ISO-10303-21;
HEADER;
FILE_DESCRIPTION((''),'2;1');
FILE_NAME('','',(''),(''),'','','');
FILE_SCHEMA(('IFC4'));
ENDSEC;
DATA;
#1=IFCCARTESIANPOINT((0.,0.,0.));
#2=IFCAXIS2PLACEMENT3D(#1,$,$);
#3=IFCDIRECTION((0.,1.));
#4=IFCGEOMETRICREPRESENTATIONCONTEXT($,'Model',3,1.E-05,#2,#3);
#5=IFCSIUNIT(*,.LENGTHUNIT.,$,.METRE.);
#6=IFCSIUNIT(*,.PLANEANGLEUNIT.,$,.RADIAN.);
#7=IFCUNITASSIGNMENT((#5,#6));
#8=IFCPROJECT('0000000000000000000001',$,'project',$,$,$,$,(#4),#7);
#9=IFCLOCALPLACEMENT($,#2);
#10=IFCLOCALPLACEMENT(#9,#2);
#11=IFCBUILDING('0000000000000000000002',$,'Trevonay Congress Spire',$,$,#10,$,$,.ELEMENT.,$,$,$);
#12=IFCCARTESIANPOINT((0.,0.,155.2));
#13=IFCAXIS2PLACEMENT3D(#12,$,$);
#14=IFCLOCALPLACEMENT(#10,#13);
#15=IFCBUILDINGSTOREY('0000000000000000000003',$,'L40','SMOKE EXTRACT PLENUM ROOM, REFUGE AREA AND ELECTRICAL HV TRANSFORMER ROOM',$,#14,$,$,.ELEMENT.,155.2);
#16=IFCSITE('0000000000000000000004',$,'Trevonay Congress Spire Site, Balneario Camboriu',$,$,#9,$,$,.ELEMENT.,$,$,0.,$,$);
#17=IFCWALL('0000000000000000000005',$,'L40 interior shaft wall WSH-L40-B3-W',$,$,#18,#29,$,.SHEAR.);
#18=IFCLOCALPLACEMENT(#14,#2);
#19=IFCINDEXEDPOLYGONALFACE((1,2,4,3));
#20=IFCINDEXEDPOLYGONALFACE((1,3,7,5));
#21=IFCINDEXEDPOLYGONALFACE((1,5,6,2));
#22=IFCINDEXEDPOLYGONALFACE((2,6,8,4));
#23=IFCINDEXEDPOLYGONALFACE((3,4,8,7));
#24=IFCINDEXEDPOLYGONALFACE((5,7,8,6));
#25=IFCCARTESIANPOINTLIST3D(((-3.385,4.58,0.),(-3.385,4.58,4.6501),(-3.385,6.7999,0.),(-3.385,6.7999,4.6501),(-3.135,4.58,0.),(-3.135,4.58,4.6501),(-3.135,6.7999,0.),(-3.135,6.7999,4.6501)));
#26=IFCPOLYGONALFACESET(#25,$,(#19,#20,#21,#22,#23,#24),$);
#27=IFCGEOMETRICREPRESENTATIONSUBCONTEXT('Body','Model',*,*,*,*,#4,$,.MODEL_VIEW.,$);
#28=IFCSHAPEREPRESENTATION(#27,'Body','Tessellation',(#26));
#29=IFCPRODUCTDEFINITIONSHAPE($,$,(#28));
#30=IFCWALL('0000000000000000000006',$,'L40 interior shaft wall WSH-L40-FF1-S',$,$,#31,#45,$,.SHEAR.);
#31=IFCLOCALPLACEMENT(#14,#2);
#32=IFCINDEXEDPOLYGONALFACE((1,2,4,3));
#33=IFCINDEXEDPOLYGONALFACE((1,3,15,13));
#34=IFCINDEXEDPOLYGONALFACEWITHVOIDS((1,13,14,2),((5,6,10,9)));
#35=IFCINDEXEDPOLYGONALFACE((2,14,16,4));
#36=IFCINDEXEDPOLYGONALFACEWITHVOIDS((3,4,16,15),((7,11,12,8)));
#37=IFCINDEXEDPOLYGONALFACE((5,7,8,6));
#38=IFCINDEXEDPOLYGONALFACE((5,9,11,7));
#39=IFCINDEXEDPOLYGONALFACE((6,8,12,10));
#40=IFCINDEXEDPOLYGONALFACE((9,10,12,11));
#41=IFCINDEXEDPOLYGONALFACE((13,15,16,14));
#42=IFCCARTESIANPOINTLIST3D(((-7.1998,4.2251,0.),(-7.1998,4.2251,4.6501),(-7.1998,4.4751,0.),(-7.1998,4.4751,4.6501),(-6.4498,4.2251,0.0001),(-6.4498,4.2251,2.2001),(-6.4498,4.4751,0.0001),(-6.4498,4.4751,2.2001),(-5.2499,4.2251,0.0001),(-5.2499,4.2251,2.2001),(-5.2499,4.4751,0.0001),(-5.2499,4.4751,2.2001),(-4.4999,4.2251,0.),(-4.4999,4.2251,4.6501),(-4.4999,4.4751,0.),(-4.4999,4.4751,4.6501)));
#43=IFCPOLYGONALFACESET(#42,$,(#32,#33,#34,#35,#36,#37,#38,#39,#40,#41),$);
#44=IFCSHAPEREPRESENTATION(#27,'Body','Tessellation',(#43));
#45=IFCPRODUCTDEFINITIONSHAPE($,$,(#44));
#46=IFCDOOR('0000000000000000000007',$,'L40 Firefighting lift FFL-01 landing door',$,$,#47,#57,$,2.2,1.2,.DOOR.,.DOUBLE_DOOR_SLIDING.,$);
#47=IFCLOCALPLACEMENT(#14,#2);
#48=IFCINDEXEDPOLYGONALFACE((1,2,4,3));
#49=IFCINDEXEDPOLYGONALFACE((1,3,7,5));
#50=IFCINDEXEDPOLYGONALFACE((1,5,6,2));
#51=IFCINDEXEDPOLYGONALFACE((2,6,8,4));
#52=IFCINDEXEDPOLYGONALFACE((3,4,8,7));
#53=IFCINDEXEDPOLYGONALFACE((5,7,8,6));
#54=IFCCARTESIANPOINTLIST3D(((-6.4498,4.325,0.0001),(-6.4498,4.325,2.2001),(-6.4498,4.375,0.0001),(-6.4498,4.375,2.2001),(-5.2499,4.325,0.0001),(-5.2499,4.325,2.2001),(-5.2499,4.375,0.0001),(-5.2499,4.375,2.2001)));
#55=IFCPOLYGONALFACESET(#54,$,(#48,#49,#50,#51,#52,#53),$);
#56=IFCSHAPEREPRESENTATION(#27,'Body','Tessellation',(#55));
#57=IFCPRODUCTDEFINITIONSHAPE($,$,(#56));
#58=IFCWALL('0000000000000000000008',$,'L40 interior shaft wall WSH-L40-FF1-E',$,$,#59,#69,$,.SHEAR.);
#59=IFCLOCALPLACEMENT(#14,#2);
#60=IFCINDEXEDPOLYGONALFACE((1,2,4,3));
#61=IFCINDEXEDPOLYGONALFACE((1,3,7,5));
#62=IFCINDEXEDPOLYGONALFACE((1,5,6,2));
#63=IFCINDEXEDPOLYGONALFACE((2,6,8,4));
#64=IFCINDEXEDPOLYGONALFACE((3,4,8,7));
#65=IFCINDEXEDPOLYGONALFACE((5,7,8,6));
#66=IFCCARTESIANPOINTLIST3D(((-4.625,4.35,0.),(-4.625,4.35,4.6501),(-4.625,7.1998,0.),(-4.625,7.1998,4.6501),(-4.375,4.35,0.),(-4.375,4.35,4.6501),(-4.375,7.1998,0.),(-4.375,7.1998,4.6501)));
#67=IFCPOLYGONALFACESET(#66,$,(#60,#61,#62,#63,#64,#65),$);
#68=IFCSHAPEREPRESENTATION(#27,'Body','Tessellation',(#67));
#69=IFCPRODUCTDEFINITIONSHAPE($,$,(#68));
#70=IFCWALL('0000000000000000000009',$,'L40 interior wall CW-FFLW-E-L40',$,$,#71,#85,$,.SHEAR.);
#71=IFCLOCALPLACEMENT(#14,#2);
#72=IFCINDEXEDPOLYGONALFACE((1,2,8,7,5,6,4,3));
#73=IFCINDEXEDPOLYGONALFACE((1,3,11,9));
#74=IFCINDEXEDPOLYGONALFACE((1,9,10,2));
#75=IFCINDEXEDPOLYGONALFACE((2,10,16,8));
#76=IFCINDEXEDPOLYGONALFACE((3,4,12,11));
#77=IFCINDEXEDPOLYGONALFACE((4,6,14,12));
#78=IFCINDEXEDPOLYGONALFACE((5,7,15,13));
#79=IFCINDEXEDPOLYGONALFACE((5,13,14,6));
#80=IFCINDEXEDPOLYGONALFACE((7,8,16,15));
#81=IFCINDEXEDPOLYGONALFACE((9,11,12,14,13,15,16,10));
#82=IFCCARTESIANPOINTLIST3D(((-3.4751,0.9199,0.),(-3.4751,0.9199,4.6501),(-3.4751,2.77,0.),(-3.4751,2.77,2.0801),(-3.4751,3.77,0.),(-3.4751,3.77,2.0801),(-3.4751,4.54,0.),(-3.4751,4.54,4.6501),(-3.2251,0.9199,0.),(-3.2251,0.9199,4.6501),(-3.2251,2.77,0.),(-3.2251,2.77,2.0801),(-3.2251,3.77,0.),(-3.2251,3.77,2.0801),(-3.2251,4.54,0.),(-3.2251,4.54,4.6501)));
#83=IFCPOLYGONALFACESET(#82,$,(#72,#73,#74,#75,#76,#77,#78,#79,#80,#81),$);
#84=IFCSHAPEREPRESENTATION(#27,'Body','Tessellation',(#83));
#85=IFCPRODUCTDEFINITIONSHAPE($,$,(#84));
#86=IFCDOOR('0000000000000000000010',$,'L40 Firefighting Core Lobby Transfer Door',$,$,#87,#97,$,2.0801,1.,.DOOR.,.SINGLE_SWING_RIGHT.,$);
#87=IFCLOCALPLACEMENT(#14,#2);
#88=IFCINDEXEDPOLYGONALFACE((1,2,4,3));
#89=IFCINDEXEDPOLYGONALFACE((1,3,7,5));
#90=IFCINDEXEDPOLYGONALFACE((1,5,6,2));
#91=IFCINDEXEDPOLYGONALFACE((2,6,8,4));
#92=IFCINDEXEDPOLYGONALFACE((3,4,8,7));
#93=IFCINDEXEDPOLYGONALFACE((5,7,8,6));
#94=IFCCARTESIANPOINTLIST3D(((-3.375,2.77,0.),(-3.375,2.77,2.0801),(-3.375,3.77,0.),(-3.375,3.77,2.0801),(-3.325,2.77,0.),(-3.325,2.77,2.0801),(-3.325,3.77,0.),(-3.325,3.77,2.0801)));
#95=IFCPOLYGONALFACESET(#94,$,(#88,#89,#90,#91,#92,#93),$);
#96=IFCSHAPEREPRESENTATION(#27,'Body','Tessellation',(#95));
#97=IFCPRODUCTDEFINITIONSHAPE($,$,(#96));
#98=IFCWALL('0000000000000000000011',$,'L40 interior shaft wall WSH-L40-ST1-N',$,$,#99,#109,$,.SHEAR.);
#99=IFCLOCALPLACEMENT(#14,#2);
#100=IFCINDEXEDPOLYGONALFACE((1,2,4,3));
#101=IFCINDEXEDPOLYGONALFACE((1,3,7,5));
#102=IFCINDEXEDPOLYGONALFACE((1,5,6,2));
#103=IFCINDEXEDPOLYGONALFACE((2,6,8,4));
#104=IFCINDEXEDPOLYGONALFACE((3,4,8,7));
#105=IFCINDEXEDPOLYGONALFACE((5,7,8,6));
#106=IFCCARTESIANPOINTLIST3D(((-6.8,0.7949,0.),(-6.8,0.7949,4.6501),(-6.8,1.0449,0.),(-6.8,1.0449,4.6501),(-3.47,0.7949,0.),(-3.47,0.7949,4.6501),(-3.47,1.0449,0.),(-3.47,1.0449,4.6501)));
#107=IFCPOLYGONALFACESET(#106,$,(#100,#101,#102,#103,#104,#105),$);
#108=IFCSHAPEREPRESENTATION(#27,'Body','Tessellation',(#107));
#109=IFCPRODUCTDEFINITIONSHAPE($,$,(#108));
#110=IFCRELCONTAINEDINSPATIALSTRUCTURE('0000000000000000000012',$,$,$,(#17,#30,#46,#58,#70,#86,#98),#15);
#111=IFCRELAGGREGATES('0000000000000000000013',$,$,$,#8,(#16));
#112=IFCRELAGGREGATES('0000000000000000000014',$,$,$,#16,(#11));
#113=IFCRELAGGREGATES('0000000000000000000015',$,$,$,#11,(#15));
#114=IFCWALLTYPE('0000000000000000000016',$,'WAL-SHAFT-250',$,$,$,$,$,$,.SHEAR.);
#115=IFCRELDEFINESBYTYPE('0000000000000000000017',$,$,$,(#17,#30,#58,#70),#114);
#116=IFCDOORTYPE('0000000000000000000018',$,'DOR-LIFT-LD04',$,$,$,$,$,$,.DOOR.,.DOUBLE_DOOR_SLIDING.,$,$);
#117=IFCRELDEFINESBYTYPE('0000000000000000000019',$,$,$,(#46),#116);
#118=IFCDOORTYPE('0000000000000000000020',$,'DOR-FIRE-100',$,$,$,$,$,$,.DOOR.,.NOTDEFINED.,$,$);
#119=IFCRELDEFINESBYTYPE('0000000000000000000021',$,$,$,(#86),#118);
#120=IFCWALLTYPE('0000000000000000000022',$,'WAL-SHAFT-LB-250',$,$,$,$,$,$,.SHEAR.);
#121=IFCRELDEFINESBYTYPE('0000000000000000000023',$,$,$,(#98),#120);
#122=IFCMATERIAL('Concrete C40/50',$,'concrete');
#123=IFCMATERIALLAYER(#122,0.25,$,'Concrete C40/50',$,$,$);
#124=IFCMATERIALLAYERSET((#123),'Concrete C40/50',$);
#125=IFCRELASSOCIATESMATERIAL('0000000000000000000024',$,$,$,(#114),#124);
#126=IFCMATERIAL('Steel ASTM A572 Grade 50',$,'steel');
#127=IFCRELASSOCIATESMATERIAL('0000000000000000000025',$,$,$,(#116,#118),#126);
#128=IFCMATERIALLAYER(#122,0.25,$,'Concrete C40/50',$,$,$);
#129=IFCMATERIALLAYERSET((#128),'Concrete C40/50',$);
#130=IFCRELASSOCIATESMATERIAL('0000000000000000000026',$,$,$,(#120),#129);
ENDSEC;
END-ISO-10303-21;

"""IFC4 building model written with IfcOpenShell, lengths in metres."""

from ifc_helpers import new_model, si_unit, direction, frame, frame_2d, origin, place, context, subcontext, project, spatial, rectangle, extrude, material, layer, layer_set, type_object, element, fill, save


model = new_model("IFC4")

# Units and contexts
model_context = context("Model", 3, precision=1e-05, world=origin(), true_north=direction((0.0, 1.0)))
body_context = subcontext(model_context, "Body", "Model", "MODEL_VIEW")
ifc_project = project(units=[si_unit("LENGTHUNIT", "METRE"), si_unit("PLANEANGLEUNIT", "RADIAN")], contexts=[model_context])

# Site, building, storey
site_placement = place(None, origin())
site = spatial("IfcSite", under=ifc_project, at=site_placement, Name="Trevonay Congress Spire Site, Balneario Camboriu", CompositionType="ELEMENT", RefElevation=0.0)
building_placement = place(site_placement, origin())
building = spatial("IfcBuilding", under=site, at=building_placement, Name="Trevonay Congress Spire", CompositionType="ELEMENT")
storey_placement = place(building_placement, frame((0.0, 0.0, 155.2)))
storey = spatial("IfcBuildingStorey", under=building, at=storey_placement, Name="L40", Description="SMOKE EXTRACT PLENUM ROOM, REFUGE AREA AND ELECTRICAL HV TRANSFORMER ROOM", CompositionType="ELEMENT", Elevation=155.2)

# Shared definitions
ifc_material_1 = material(Name="Steel ASTM A572 Grade 50", Category="steel")

# Shared definitions
ifc_material_2 = material(Name="Concrete C40/50", Category="concrete")

# Shared definitions
ifc_layer_1 = layer(ifc_material_2, 0.25, Name="Concrete C40/50")
ifc_layer_set_1 = layer_set([ifc_layer_1], Name="Concrete C40/50")
wall_type_1 = type_object("IfcWallType", Name="WAL-SHAFT-250", PredefinedType="SHEAR", material=ifc_layer_set_1)

# Wall
wall_1_placement = place(storey_placement, frame((-3.26, 4.5801, 0.0), z_axis=(0.0, 0.0, 1.0), x_axis=(0.0, 1.0, 0.0)))
element("IfcWall", 1, at=wall_1_placement, inside=storey, type_object=wall_type_1, Name="L40 interior shaft wall WSH-L40-B3-W", PredefinedType="SHEAR", context=body_context, shape_type="SweptSolid", body=[
    extrude(rectangle(XDim=2.22, YDim=0.25, at=frame_2d((1.1099, 0.0))), origin(), (0.0, 0.0, 1.0), 4.6501),
])

# Wall, opening, door
wall_2_placement = place(storey_placement, frame((-7.2, 4.3501, 0.0), z_axis=(0.0, 0.0, 1.0), x_axis=(1.0, 0.0, 0.0)))
wall_2 = element("IfcWall", 2, at=wall_2_placement, inside=storey, type_object=wall_type_1, Name="L40 interior shaft wall WSH-L40-FF1-S", PredefinedType="SHEAR", context=body_context, shape_type="SweptSolid", body=[
    extrude(rectangle(XDim=2.7, YDim=0.25, at=frame_2d((1.3501, 0.0))), origin(), (0.0, 0.0, 1.0), 4.6501),
])
opening_1_placement = place(wall_2_placement, frame((0.75, 0.0, 0.0)))
opening_1 = element("IfcOpeningElement", 3, at=opening_1_placement, cuts=wall_2, PredefinedType="OPENING", context=body_context, shape_type="SweptSolid", body=[
    extrude(rectangle(XDim=1.2, YDim=2.2, at=frame_2d((0.6001, 1.1001))), frame((0.0, 0.135, 0.0), z_axis=(0.0, -1.0, 0.0), x_axis=(1.0, 0.0, 0.0)), (0.0, 0.0, 1.0), 0.27),
])
door_type_1 = type_object("IfcDoorType", Name="DOR-LIFT-LD04", OperationType="DOUBLE_DOOR_SLIDING", PredefinedType="DOOR", material=ifc_material_1)
door_1_placement = place(opening_1_placement, origin())
door_1 = element("IfcDoor", 4, at=door_1_placement, inside=storey, type_object=door_type_1, Name="L40 Firefighting lift FFL-01 landing door", OperationType="DOUBLE_DOOR_SLIDING", OverallHeight=2.2, OverallWidth=1.2, PredefinedType="DOOR", context=body_context, shape_type="SweptSolid", body=[
    extrude(rectangle(XDim=1.2, YDim=2.2, at=frame_2d((0.6001, 1.1001))), frame((0.0, 0.0249, 0.0), z_axis=(0.0, -1.0, 0.0), x_axis=(1.0, 0.0, 0.0)), (0.0, 0.0, 1.0), 0.05),
])
fill(opening_1, door_1)

# Wall
wall_3_placement = place(storey_placement, frame((-4.5, 4.3501, 0.0), z_axis=(0.0, 0.0, 1.0), x_axis=(0.0, 1.0, 0.0)))
element("IfcWall", 5, at=wall_3_placement, inside=storey, type_object=wall_type_1, Name="L40 interior shaft wall WSH-L40-FF1-E", PredefinedType="SHEAR", context=body_context, shape_type="SweptSolid", body=[
    extrude(rectangle(XDim=2.8499, YDim=0.25, at=frame_2d((1.4248, 0.0))), origin(), (0.0, 0.0, 1.0), 4.6501),
])

# Wall, opening, door
wall_4_placement = place(storey_placement, frame((-3.3501, 0.9199, 0.0), z_axis=(0.0, 0.0, 1.0), x_axis=(0.0, 1.0, 0.0)))
wall_4 = element("IfcWall", 6, at=wall_4_placement, inside=storey, type_object=wall_type_1, Name="L40 interior wall CW-FFLW-E-L40", PredefinedType="SHEAR", context=body_context, shape_type="SweptSolid", body=[
    extrude(rectangle(XDim=3.6201, YDim=0.25, at=frame_2d((1.8101, 0.0))), origin(), (0.0, 0.0, 1.0), 4.6501),
])
opening_2_placement = place(wall_4_placement, frame((1.8501, 0.0, 0.0)))
opening_2 = element("IfcOpeningElement", 7, at=opening_2_placement, cuts=wall_4, PredefinedType="OPENING", context=body_context, shape_type="SweptSolid", body=[
    extrude(rectangle(XDim=1.0, YDim=2.0801, at=frame_2d((0.5, 1.04))), frame((0.0, 0.135, 0.0), z_axis=(0.0, -1.0, 0.0), x_axis=(1.0, 0.0, 0.0)), (0.0, 0.0, 1.0), 0.27),
])
door_type_2 = type_object("IfcDoorType", Name="DOR-FIRE-100", OperationType="NOTDEFINED", PredefinedType="DOOR", material=ifc_material_1)
door_2_placement = place(opening_2_placement, origin())
door_2 = element("IfcDoor", 8, at=door_2_placement, inside=storey, type_object=door_type_2, Name="L40 Firefighting Core Lobby Transfer Door", OperationType="SINGLE_SWING_RIGHT", OverallHeight=2.0801, OverallWidth=1.0, PredefinedType="DOOR", context=body_context, shape_type="SweptSolid", body=[
    extrude(rectangle(XDim=1.0, YDim=2.0801, at=frame_2d((0.5, 1.04))), frame((0.0, 0.0249, 0.0), z_axis=(0.0, -1.0, 0.0), x_axis=(1.0, 0.0, 0.0)), (0.0, 0.0, 1.0), 0.05),
])
fill(opening_2, door_2)

# Wall
ifc_layer_2 = layer(ifc_material_2, 0.25, Name="Concrete C40/50")
ifc_layer_set_2 = layer_set([ifc_layer_2], Name="Concrete C40/50")
wall_type_2 = type_object("IfcWallType", Name="WAL-SHAFT-LB-250", PredefinedType="SHEAR", material=ifc_layer_set_2)
wall_5_placement = place(storey_placement, frame((-6.8, 0.9199, 0.0), z_axis=(0.0, 0.0, 1.0), x_axis=(1.0, 0.0, 0.0)))
element("IfcWall", 9, at=wall_5_placement, inside=storey, type_object=wall_type_2, Name="L40 interior shaft wall WSH-L40-ST1-N", PredefinedType="SHEAR", context=body_context, shape_type="SweptSolid", body=[
    extrude(rectangle(XDim=3.3301, YDim=0.25, at=frame_2d((1.665, 0.0))), origin(), (0.0, 0.0, 1.0), 4.6501),
])

save(model, "model.ifc")
